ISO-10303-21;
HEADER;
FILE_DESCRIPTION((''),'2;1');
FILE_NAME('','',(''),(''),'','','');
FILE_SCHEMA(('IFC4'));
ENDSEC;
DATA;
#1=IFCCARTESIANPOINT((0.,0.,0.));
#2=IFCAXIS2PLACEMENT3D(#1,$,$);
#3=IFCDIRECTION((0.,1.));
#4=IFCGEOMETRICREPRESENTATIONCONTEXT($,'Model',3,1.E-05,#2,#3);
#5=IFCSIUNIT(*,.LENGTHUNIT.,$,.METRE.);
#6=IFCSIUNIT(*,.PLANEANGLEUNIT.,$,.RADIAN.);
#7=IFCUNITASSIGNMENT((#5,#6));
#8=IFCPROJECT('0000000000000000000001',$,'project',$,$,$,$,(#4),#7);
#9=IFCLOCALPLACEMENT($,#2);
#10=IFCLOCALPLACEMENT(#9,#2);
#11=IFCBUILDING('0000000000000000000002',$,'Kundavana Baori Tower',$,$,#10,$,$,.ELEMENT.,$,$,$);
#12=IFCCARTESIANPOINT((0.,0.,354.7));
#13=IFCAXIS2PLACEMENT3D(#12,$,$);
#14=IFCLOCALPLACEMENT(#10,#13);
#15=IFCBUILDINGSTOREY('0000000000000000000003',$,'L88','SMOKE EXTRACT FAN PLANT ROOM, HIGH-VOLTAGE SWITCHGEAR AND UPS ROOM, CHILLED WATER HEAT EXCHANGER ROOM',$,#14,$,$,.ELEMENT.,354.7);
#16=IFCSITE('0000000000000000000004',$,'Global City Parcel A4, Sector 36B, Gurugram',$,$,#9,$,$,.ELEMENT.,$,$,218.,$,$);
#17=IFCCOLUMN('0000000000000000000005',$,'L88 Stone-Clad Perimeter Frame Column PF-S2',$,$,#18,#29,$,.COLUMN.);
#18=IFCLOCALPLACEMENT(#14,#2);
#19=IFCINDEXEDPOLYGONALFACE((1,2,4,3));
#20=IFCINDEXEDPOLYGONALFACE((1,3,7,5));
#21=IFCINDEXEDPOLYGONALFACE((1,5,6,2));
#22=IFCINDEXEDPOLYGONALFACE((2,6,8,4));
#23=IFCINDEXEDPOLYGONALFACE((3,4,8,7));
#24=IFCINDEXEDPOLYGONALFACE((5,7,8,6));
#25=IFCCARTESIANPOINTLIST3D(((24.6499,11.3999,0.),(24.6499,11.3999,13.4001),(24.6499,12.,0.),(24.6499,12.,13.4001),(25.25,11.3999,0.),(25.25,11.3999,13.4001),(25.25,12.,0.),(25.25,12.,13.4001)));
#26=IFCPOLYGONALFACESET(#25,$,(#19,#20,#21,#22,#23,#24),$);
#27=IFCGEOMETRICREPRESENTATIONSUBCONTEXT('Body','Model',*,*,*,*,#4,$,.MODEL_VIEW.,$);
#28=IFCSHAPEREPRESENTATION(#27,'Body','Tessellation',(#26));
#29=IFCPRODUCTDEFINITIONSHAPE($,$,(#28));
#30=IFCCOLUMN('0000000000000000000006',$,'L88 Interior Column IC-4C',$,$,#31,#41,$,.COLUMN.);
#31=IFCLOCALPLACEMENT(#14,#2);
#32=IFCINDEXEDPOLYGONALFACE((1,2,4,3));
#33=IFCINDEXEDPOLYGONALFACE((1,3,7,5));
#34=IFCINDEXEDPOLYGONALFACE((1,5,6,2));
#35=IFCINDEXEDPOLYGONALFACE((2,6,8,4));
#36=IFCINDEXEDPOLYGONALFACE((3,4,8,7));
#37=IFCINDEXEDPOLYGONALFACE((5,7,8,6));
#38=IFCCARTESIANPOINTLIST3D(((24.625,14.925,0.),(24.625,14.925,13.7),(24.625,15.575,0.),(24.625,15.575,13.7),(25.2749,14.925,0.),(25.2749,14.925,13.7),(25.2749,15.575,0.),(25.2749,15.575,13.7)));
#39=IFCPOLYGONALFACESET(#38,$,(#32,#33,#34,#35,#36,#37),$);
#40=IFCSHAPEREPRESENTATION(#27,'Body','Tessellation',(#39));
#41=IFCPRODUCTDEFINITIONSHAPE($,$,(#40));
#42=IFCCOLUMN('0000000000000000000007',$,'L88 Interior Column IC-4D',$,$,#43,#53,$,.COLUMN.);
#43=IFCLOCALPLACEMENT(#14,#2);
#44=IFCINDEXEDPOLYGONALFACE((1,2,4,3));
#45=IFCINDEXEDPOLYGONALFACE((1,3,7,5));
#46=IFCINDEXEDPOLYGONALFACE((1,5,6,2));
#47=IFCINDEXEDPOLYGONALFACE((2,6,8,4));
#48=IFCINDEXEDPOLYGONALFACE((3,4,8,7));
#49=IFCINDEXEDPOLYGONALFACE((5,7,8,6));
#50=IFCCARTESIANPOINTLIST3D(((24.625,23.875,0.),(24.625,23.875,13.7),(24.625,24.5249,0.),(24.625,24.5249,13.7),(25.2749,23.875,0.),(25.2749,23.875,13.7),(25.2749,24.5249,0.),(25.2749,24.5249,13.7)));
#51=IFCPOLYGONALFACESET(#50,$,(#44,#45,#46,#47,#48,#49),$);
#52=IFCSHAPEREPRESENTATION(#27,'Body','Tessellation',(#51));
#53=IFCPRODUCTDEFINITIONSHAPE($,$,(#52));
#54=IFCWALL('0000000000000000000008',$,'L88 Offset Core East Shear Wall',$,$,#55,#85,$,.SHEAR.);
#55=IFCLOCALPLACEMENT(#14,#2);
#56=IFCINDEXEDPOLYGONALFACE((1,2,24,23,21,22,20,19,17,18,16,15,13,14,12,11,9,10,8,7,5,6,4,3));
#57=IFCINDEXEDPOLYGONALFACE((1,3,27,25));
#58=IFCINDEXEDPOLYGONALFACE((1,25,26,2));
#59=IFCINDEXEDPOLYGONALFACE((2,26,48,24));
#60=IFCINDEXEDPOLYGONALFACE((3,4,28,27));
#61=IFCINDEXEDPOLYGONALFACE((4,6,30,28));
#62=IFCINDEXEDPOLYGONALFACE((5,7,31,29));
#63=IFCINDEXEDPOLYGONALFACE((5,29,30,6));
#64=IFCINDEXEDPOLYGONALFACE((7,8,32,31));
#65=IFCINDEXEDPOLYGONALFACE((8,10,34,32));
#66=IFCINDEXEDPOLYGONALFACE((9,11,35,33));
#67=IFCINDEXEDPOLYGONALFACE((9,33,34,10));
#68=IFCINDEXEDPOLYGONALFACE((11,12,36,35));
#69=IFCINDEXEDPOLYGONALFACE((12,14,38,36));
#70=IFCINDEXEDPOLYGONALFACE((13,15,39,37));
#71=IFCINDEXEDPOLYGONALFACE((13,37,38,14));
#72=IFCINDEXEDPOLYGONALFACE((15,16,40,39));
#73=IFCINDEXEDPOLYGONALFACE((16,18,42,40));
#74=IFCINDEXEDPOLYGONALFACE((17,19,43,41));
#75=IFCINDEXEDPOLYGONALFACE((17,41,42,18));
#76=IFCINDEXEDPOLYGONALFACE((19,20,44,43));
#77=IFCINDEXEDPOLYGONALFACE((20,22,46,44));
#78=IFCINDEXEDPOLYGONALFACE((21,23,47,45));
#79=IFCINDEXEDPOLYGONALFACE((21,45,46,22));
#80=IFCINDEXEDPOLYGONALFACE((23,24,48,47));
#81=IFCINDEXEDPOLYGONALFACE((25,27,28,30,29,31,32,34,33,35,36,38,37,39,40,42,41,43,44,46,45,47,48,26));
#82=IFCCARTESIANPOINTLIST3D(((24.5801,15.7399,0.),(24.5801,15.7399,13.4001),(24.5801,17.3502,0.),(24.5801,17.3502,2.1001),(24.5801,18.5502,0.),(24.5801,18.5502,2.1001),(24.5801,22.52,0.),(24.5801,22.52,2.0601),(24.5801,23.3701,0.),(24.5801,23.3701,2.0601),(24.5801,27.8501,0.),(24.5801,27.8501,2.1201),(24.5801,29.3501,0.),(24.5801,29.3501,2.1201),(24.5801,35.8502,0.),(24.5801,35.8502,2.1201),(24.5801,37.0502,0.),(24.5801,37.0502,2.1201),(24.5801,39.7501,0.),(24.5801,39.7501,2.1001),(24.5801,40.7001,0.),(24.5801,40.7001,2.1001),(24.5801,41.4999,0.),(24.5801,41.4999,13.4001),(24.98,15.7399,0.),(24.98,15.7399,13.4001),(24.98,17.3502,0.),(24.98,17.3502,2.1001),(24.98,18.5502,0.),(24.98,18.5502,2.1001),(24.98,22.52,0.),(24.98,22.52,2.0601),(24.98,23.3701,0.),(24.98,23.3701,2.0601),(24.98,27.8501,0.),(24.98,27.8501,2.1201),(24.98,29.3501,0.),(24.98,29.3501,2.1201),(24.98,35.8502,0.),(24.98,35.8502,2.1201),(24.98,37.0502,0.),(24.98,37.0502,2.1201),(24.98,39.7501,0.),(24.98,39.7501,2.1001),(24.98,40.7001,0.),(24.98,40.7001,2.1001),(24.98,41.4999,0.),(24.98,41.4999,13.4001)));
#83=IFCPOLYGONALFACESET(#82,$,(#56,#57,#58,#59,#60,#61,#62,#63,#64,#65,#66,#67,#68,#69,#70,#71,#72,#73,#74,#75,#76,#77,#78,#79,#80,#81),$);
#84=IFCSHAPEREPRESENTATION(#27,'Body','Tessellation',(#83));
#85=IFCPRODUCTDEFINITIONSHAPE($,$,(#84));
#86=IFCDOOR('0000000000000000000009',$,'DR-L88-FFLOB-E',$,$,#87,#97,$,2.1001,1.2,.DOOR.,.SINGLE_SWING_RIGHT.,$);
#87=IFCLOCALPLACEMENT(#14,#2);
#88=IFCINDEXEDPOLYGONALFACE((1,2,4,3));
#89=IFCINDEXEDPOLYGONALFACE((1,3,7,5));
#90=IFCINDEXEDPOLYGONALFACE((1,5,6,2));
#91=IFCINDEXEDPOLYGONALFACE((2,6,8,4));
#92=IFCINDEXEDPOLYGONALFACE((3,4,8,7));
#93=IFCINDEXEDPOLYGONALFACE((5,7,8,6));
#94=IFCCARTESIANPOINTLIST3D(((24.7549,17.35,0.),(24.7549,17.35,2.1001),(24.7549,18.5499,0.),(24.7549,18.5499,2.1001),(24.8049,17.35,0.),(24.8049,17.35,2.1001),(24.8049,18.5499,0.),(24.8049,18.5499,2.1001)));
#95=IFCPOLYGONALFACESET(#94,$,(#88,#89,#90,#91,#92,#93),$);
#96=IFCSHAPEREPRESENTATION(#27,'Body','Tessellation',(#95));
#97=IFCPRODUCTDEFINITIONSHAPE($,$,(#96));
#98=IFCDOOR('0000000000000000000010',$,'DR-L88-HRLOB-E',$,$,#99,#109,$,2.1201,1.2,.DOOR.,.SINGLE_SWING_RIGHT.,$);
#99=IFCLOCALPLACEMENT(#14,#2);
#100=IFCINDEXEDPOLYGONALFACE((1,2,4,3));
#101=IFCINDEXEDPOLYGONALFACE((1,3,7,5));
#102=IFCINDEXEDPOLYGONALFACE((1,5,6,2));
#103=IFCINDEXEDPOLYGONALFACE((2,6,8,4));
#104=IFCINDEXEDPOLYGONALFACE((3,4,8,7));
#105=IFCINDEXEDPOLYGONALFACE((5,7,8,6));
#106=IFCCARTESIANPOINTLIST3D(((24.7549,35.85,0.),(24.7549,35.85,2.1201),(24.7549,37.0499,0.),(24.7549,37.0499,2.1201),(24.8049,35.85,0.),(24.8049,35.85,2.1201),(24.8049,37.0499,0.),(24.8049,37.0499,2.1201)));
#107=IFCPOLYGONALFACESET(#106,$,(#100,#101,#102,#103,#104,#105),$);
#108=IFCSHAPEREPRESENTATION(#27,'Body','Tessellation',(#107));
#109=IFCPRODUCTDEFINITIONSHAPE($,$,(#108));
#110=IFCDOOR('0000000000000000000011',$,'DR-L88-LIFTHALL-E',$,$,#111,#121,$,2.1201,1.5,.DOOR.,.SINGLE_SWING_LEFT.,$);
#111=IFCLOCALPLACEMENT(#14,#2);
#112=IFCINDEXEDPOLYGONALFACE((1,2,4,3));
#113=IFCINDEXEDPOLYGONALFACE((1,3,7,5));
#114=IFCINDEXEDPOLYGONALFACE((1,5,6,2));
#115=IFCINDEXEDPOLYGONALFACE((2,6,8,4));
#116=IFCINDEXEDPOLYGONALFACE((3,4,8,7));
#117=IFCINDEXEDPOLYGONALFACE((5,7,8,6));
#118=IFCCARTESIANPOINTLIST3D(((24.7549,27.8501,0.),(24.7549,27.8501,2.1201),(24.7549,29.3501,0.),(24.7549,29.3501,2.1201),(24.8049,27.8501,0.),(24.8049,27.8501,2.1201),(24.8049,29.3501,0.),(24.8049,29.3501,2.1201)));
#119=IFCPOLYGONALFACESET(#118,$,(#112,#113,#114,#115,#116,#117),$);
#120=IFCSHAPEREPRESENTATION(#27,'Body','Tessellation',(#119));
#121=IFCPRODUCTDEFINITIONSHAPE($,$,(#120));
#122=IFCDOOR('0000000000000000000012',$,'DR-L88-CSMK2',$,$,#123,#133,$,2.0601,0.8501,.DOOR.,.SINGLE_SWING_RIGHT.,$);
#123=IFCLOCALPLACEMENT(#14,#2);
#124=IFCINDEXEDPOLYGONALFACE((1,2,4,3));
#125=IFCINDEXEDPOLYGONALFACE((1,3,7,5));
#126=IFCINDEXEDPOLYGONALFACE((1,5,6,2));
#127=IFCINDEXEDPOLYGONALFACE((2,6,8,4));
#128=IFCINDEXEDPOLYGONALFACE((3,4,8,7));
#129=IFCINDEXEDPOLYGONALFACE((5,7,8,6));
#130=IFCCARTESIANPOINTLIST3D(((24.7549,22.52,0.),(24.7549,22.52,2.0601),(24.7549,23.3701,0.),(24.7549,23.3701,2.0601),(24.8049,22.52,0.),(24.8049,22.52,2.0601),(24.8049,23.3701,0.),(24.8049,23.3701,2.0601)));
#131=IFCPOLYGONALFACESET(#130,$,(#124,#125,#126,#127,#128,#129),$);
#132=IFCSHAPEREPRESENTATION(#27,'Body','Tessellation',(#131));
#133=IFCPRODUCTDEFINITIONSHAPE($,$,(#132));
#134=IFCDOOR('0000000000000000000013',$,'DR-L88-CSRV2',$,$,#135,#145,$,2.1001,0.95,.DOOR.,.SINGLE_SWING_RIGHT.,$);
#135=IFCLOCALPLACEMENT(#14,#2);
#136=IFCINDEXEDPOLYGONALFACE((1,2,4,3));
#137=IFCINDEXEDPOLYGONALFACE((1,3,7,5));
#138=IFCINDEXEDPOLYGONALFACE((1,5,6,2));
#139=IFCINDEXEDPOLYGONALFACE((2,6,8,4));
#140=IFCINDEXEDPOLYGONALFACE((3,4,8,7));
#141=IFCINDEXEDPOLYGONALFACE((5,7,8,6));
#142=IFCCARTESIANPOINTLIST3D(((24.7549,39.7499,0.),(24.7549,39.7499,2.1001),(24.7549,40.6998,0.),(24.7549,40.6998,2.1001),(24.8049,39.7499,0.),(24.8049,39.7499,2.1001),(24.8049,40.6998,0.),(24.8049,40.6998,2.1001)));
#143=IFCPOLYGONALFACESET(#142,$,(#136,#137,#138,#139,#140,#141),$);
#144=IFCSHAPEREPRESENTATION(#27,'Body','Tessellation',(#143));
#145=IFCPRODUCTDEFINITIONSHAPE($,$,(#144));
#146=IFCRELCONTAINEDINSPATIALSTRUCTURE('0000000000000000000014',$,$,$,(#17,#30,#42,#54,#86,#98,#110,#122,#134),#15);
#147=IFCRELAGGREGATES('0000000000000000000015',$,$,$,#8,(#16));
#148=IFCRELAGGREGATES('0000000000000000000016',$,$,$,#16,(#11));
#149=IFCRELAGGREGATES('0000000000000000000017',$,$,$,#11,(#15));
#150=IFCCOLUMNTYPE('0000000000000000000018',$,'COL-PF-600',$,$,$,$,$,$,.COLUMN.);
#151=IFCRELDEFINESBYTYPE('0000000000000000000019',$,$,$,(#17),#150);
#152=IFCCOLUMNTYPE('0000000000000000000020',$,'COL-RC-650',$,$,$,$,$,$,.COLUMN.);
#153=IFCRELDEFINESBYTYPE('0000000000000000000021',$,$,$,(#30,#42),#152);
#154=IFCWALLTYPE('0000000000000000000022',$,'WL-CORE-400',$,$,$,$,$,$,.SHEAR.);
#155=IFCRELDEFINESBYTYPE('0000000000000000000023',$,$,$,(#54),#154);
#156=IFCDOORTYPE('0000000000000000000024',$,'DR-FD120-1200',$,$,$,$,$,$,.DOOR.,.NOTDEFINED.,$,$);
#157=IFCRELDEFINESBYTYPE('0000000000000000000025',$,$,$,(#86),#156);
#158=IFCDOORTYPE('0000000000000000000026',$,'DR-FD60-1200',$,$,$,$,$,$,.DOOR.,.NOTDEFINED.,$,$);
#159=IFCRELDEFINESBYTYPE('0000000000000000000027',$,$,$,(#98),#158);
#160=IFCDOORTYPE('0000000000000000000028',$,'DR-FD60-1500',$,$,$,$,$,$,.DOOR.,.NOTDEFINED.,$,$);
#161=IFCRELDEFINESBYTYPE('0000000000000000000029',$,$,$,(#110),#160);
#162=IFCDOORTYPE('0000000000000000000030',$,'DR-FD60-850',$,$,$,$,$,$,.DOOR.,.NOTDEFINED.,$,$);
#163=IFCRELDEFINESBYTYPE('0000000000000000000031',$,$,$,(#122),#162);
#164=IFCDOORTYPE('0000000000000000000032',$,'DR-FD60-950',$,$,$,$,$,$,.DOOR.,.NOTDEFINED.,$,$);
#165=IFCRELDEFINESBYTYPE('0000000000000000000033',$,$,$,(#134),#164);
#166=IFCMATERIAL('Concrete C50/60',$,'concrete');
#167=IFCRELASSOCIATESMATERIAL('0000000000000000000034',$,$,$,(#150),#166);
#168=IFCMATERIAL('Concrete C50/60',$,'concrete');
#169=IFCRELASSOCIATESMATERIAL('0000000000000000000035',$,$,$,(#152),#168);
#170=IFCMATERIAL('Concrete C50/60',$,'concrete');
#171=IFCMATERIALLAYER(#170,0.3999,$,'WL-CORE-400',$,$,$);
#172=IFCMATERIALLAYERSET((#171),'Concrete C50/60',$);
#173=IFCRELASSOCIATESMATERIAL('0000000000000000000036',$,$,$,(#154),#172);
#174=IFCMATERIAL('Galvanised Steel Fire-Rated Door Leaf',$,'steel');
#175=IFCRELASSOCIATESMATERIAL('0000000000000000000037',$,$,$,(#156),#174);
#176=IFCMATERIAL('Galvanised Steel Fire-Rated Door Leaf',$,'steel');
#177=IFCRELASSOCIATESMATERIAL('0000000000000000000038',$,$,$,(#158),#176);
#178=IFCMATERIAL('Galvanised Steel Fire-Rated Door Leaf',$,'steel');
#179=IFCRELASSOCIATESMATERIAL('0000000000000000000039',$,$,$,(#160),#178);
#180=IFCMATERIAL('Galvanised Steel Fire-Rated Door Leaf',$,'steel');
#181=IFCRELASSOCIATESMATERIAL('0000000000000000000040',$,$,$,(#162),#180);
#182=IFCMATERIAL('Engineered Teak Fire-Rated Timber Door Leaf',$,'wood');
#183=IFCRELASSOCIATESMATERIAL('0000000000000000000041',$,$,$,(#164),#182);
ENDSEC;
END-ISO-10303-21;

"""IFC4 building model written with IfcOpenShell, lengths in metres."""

from ifc_helpers import new_model, si_unit, direction, frame, frame_2d, origin, origin_2d, place, context, subcontext, project, spatial, rectangle, extrude, material, layer, layer_set, material_profile, profile_set, type_object, element, fill, save


model = new_model("IFC4")

# Units and contexts
model_context = context("Model", 3, precision=1e-05, world=origin(), true_north=direction((0.0, 1.0)))
body_context = subcontext(model_context, "Body", "Model", "MODEL_VIEW")
ifc_project = project(units=[si_unit("LENGTHUNIT", "METRE"), si_unit("PLANEANGLEUNIT", "RADIAN")], contexts=[model_context])

# Site, building, storey
site_placement = place(None, origin())
site = spatial("IfcSite", under=ifc_project, at=site_placement, Name="Global City Parcel A4, Sector 36B, Gurugram", CompositionType="ELEMENT", RefElevation=218.0)
building_placement = place(site_placement, origin())
building = spatial("IfcBuilding", under=site, at=building_placement, Name="Kundavana Baori Tower", CompositionType="ELEMENT")
storey_placement = place(building_placement, frame((0.0, 0.0, 354.7)))
storey = spatial("IfcBuildingStorey", under=building, at=storey_placement, Name="L88", Description="SMOKE EXTRACT FAN PLANT ROOM, HIGH-VOLTAGE SWITCHGEAR AND UPS ROOM, CHILLED WATER HEAT EXCHANGER ROOM", CompositionType="ELEMENT", Elevation=354.7)

# Columns
ifc_material_1 = material(Name="Concrete C50/60", Category="concrete")
ifc_material_profile_1 = material_profile(ifc_material_1, rectangle(XDim=0.6001, YDim=0.6001, at=origin_2d()), Name="RC PF 600x600")
ifc_profile_set_1 = profile_set([ifc_material_profile_1], Name="Concrete C50/60")
column_type_1 = type_object("IfcColumnType", Name="COL-PF-600", PredefinedType="COLUMN", material=ifc_profile_set_1)
column_placement = place(storey_placement, frame((24.95, 11.7, 0.0), z_axis=(0.0, 0.0, 1.0), x_axis=(1.0, 0.0, 0.0)))
element("IfcColumn", 1, at=column_placement, inside=storey, type_object=column_type_1, Name="L88 Stone-Clad Perimeter Frame Column PF-S2", PredefinedType="COLUMN", context=body_context, shape_type="SweptSolid", body=[
    extrude(rectangle(XDim=0.6001, YDim=0.6001, at=origin_2d()), origin(), (0.0, 0.0, 1.0), 13.4001),
])
ifc_material_2 = material(Name="Concrete C50/60", Category="concrete")
ifc_material_profile_2 = material_profile(ifc_material_2, rectangle(XDim=0.6499, YDim=0.6499, at=origin_2d()), Name="RC 650x650")
ifc_profile_set_2 = profile_set([ifc_material_profile_2], Name="Concrete C50/60")
column_type_2 = type_object("IfcColumnType", Name="COL-RC-650", PredefinedType="COLUMN", material=ifc_profile_set_2)
for number, where, z_axis, x_axis, name in (
    (2, (24.95, 15.25, 0.0), (0.0, 0.0, 1.0), (1.0, 0.0, 0.0), "L88 Interior Column IC-4C"),
    (3, (24.95, 24.2, 0.0), (0.0, 0.0, 1.0), (1.0, 0.0, 0.0), "L88 Interior Column IC-4D"),
):
    element("IfcColumn", number, at=place(storey_placement, frame(where, z_axis=z_axis, x_axis=x_axis)), inside=storey, type_object=column_type_2, Name=name, PredefinedType="COLUMN", context=body_context, shape_type="SweptSolid", body=[
        extrude(rectangle(XDim=0.6499, YDim=0.6499, at=origin_2d()), origin(), (0.0, 0.0, 1.0), 13.7),
    ])

# Wall, openings, doors
ifc_material_3 = material(Name="Concrete C50/60", Category="concrete")
ifc_layer_1 = layer(ifc_material_3, 0.3999, Name="WL-CORE-400")
ifc_layer_set_1 = layer_set([ifc_layer_1], Name="Concrete C50/60")
wall_type_1 = type_object("IfcWallType", Name="WL-CORE-400", PredefinedType="SHEAR", material=ifc_layer_set_1)
wall_1_placement = place(storey_placement, frame((24.78, 15.74, 0.0), z_axis=(0.0, 0.0, 1.0), x_axis=(0.0, 1.0, 0.0)))
wall_1 = element("IfcWall", 4, at=wall_1_placement, inside=storey, type_object=wall_type_1, Name="L88 Offset Core East Shear Wall", PredefinedType="SHEAR", context=body_context, shape_type="SweptSolid", body=[
    extrude(rectangle(XDim=25.76, YDim=0.3999, at=frame_2d((12.8799, 0.0))), origin(), (0.0, 0.0, 1.0), 13.4001),
])
opening_1_placement = place(wall_1_placement, frame((1.6101, 0.0, 0.0)))
opening_1 = element("IfcOpeningElement", 5, at=opening_1_placement, cuts=wall_1, PredefinedType="OPENING", context=body_context, shape_type="SweptSolid", body=[
    extrude(rectangle(XDim=1.2, YDim=2.1001, at=frame_2d((0.6001, 1.05))), frame((0.0, 0.21, 0.0), z_axis=(0.0, -1.0, 0.0), x_axis=(1.0, 0.0, 0.0)), (0.0, 0.0, 1.0), 0.4199),
])
opening_2_placement = place(wall_1_placement, frame((6.78, 0.0, 0.0)))
opening_2 = element("IfcOpeningElement", 6, at=opening_2_placement, cuts=wall_1, PredefinedType="OPENING", context=body_context, shape_type="SweptSolid", body=[
    extrude(rectangle(XDim=0.8501, YDim=2.0601, at=frame_2d((0.425, 1.03))), frame((0.0, 0.21, 0.0), z_axis=(0.0, -1.0, 0.0), x_axis=(1.0, 0.0, 0.0)), (0.0, 0.0, 1.0), 0.4199),
])
opening_3_placement = place(wall_1_placement, frame((12.1101, 0.0, 0.0)))
opening_3 = element("IfcOpeningElement", 7, at=opening_3_placement, cuts=wall_1, PredefinedType="OPENING", context=body_context, shape_type="SweptSolid", body=[
    extrude(rectangle(XDim=1.5, YDim=2.1201, at=frame_2d((0.75, 1.0601))), frame((0.0, 0.21, 0.0), z_axis=(0.0, -1.0, 0.0), x_axis=(1.0, 0.0, 0.0)), (0.0, 0.0, 1.0), 0.4199),
])
opening_4_placement = place(wall_1_placement, frame((20.1101, 0.0, 0.0)))
opening_4 = element("IfcOpeningElement", 8, at=opening_4_placement, cuts=wall_1, PredefinedType="OPENING", context=body_context, shape_type="SweptSolid", body=[
    extrude(rectangle(XDim=1.2, YDim=2.1201, at=frame_2d((0.6001, 1.0601))), frame((0.0, 0.21, 0.0), z_axis=(0.0, -1.0, 0.0), x_axis=(1.0, 0.0, 0.0)), (0.0, 0.0, 1.0), 0.4199),
])
opening_5_placement = place(wall_1_placement, frame((24.01, 0.0, 0.0)))
opening_5 = element("IfcOpeningElement", 9, at=opening_5_placement, cuts=wall_1, PredefinedType="OPENING", context=body_context, shape_type="SweptSolid", body=[
    extrude(rectangle(XDim=0.95, YDim=2.1001, at=frame_2d((0.4751, 1.05))), frame((0.0, 0.21, 0.0), z_axis=(0.0, -1.0, 0.0), x_axis=(1.0, 0.0, 0.0)), (0.0, 0.0, 1.0), 0.4199),
])
ifc_material_4 = material(Name="Galvanised Steel Fire-Rated Door Leaf", Category="steel")
door_type_1 = type_object("IfcDoorType", Name="DR-FD120-1200", OperationType="NOTDEFINED", PredefinedType="DOOR", material=ifc_material_4)
door_1_placement = place(opening_1_placement, frame((1.2, 0.0, 0.0), z_axis=(0.0, 0.0, 1.0), x_axis=(-1.0, 0.0, 0.0)))
door_1 = element("IfcDoor", 10, at=door_1_placement, inside=storey, type_object=door_type_1, Name="DR-L88-FFLOB-E", OperationType="SINGLE_SWING_RIGHT", OverallHeight=2.1001, OverallWidth=1.2, PredefinedType="DOOR", context=body_context, shape_type="SweptSolid", body=[
    extrude(rectangle(XDim=1.2, YDim=2.1001, at=frame_2d((0.6001, 1.05))), frame((0.0, 0.0249, 0.0), z_axis=(0.0, -1.0, 0.0), x_axis=(1.0, 0.0, 0.0)), (0.0, 0.0, 1.0), 0.05),
])
fill(opening_1, door_1)
ifc_material_5 = material(Name="Galvanised Steel Fire-Rated Door Leaf", Category="steel")
door_type_2 = type_object("IfcDoorType", Name="DR-FD60-1200", OperationType="NOTDEFINED", PredefinedType="DOOR", material=ifc_material_5)
door_2_placement = place(opening_4_placement, frame((1.2, 0.0, 0.0), z_axis=(0.0, 0.0, 1.0), x_axis=(-1.0, 0.0, 0.0)))
door_2 = element("IfcDoor", 11, at=door_2_placement, inside=storey, type_object=door_type_2, Name="DR-L88-HRLOB-E", OperationType="SINGLE_SWING_RIGHT", OverallHeight=2.1201, OverallWidth=1.2, PredefinedType="DOOR", context=body_context, shape_type="SweptSolid", body=[
    extrude(rectangle(XDim=1.2, YDim=2.1201, at=frame_2d((0.6001, 1.0601))), frame((0.0, 0.0249, 0.0), z_axis=(0.0, -1.0, 0.0), x_axis=(1.0, 0.0, 0.0)), (0.0, 0.0, 1.0), 0.05),
])
fill(opening_4, door_2)
ifc_material_6 = material(Name="Galvanised Steel Fire-Rated Door Leaf", Category="steel")
door_type_3 = type_object("IfcDoorType", Name="DR-FD60-1500", OperationType="NOTDEFINED", PredefinedType="DOOR", material=ifc_material_6)
door_3_placement = place(opening_3_placement, frame((1.5, 0.0, 0.0), z_axis=(0.0, 0.0, 1.0), x_axis=(-1.0, 0.0, 0.0)))
door_3 = element("IfcDoor", 12, at=door_3_placement, inside=storey, type_object=door_type_3, Name="DR-L88-LIFTHALL-E", OperationType="SINGLE_SWING_LEFT", OverallHeight=2.1201, OverallWidth=1.5, PredefinedType="DOOR", context=body_context, shape_type="SweptSolid", body=[
    extrude(rectangle(XDim=1.5, YDim=2.1201, at=frame_2d((0.75, 1.0601))), frame((0.0, 0.0249, 0.0), z_axis=(0.0, -1.0, 0.0), x_axis=(1.0, 0.0, 0.0)), (0.0, 0.0, 1.0), 0.05),
])
fill(opening_3, door_3)
ifc_material_7 = material(Name="Galvanised Steel Fire-Rated Door Leaf", Category="steel")
door_type_4 = type_object("IfcDoorType", Name="DR-FD60-850", OperationType="NOTDEFINED", PredefinedType="DOOR", material=ifc_material_7)
door_4_placement = place(opening_2_placement, frame((0.8501, 0.0, 0.0), z_axis=(0.0, 0.0, 1.0), x_axis=(-1.0, 0.0, 0.0)))
door_4 = element("IfcDoor", 13, at=door_4_placement, inside=storey, type_object=door_type_4, Name="DR-L88-CSMK2", OperationType="SINGLE_SWING_RIGHT", OverallHeight=2.0601, OverallWidth=0.8501, PredefinedType="DOOR", context=body_context, shape_type="SweptSolid", body=[
    extrude(rectangle(XDim=0.8501, YDim=2.0601, at=frame_2d((0.425, 1.03))), frame((0.0, 0.0249, 0.0), z_axis=(0.0, -1.0, 0.0), x_axis=(1.0, 0.0, 0.0)), (0.0, 0.0, 1.0), 0.05),
])
fill(opening_2, door_4)
ifc_material_8 = material(Name="Engineered Teak Fire-Rated Timber Door Leaf", Category="wood")
door_type_5 = type_object("IfcDoorType", Name="DR-FD60-950", OperationType="NOTDEFINED", PredefinedType="DOOR", material=ifc_material_8)
door_5_placement = place(opening_5_placement, frame((0.95, 0.0, 0.0), z_axis=(0.0, 0.0, 1.0), x_axis=(-1.0, 0.0, 0.0)))
door_5 = element("IfcDoor", 14, at=door_5_placement, inside=storey, type_object=door_type_5, Name="DR-L88-CSRV2", OperationType="SINGLE_SWING_RIGHT", OverallHeight=2.1001, OverallWidth=0.95, PredefinedType="DOOR", context=body_context, shape_type="SweptSolid", body=[
    extrude(rectangle(XDim=0.95, YDim=2.1001, at=frame_2d((0.4751, 1.05))), frame((0.0, 0.0249, 0.0), z_axis=(0.0, -1.0, 0.0), x_axis=(1.0, 0.0, 0.0)), (0.0, 0.0, 1.0), 0.05),
])
fill(opening_5, door_5)

save(model, "model.ifc")
